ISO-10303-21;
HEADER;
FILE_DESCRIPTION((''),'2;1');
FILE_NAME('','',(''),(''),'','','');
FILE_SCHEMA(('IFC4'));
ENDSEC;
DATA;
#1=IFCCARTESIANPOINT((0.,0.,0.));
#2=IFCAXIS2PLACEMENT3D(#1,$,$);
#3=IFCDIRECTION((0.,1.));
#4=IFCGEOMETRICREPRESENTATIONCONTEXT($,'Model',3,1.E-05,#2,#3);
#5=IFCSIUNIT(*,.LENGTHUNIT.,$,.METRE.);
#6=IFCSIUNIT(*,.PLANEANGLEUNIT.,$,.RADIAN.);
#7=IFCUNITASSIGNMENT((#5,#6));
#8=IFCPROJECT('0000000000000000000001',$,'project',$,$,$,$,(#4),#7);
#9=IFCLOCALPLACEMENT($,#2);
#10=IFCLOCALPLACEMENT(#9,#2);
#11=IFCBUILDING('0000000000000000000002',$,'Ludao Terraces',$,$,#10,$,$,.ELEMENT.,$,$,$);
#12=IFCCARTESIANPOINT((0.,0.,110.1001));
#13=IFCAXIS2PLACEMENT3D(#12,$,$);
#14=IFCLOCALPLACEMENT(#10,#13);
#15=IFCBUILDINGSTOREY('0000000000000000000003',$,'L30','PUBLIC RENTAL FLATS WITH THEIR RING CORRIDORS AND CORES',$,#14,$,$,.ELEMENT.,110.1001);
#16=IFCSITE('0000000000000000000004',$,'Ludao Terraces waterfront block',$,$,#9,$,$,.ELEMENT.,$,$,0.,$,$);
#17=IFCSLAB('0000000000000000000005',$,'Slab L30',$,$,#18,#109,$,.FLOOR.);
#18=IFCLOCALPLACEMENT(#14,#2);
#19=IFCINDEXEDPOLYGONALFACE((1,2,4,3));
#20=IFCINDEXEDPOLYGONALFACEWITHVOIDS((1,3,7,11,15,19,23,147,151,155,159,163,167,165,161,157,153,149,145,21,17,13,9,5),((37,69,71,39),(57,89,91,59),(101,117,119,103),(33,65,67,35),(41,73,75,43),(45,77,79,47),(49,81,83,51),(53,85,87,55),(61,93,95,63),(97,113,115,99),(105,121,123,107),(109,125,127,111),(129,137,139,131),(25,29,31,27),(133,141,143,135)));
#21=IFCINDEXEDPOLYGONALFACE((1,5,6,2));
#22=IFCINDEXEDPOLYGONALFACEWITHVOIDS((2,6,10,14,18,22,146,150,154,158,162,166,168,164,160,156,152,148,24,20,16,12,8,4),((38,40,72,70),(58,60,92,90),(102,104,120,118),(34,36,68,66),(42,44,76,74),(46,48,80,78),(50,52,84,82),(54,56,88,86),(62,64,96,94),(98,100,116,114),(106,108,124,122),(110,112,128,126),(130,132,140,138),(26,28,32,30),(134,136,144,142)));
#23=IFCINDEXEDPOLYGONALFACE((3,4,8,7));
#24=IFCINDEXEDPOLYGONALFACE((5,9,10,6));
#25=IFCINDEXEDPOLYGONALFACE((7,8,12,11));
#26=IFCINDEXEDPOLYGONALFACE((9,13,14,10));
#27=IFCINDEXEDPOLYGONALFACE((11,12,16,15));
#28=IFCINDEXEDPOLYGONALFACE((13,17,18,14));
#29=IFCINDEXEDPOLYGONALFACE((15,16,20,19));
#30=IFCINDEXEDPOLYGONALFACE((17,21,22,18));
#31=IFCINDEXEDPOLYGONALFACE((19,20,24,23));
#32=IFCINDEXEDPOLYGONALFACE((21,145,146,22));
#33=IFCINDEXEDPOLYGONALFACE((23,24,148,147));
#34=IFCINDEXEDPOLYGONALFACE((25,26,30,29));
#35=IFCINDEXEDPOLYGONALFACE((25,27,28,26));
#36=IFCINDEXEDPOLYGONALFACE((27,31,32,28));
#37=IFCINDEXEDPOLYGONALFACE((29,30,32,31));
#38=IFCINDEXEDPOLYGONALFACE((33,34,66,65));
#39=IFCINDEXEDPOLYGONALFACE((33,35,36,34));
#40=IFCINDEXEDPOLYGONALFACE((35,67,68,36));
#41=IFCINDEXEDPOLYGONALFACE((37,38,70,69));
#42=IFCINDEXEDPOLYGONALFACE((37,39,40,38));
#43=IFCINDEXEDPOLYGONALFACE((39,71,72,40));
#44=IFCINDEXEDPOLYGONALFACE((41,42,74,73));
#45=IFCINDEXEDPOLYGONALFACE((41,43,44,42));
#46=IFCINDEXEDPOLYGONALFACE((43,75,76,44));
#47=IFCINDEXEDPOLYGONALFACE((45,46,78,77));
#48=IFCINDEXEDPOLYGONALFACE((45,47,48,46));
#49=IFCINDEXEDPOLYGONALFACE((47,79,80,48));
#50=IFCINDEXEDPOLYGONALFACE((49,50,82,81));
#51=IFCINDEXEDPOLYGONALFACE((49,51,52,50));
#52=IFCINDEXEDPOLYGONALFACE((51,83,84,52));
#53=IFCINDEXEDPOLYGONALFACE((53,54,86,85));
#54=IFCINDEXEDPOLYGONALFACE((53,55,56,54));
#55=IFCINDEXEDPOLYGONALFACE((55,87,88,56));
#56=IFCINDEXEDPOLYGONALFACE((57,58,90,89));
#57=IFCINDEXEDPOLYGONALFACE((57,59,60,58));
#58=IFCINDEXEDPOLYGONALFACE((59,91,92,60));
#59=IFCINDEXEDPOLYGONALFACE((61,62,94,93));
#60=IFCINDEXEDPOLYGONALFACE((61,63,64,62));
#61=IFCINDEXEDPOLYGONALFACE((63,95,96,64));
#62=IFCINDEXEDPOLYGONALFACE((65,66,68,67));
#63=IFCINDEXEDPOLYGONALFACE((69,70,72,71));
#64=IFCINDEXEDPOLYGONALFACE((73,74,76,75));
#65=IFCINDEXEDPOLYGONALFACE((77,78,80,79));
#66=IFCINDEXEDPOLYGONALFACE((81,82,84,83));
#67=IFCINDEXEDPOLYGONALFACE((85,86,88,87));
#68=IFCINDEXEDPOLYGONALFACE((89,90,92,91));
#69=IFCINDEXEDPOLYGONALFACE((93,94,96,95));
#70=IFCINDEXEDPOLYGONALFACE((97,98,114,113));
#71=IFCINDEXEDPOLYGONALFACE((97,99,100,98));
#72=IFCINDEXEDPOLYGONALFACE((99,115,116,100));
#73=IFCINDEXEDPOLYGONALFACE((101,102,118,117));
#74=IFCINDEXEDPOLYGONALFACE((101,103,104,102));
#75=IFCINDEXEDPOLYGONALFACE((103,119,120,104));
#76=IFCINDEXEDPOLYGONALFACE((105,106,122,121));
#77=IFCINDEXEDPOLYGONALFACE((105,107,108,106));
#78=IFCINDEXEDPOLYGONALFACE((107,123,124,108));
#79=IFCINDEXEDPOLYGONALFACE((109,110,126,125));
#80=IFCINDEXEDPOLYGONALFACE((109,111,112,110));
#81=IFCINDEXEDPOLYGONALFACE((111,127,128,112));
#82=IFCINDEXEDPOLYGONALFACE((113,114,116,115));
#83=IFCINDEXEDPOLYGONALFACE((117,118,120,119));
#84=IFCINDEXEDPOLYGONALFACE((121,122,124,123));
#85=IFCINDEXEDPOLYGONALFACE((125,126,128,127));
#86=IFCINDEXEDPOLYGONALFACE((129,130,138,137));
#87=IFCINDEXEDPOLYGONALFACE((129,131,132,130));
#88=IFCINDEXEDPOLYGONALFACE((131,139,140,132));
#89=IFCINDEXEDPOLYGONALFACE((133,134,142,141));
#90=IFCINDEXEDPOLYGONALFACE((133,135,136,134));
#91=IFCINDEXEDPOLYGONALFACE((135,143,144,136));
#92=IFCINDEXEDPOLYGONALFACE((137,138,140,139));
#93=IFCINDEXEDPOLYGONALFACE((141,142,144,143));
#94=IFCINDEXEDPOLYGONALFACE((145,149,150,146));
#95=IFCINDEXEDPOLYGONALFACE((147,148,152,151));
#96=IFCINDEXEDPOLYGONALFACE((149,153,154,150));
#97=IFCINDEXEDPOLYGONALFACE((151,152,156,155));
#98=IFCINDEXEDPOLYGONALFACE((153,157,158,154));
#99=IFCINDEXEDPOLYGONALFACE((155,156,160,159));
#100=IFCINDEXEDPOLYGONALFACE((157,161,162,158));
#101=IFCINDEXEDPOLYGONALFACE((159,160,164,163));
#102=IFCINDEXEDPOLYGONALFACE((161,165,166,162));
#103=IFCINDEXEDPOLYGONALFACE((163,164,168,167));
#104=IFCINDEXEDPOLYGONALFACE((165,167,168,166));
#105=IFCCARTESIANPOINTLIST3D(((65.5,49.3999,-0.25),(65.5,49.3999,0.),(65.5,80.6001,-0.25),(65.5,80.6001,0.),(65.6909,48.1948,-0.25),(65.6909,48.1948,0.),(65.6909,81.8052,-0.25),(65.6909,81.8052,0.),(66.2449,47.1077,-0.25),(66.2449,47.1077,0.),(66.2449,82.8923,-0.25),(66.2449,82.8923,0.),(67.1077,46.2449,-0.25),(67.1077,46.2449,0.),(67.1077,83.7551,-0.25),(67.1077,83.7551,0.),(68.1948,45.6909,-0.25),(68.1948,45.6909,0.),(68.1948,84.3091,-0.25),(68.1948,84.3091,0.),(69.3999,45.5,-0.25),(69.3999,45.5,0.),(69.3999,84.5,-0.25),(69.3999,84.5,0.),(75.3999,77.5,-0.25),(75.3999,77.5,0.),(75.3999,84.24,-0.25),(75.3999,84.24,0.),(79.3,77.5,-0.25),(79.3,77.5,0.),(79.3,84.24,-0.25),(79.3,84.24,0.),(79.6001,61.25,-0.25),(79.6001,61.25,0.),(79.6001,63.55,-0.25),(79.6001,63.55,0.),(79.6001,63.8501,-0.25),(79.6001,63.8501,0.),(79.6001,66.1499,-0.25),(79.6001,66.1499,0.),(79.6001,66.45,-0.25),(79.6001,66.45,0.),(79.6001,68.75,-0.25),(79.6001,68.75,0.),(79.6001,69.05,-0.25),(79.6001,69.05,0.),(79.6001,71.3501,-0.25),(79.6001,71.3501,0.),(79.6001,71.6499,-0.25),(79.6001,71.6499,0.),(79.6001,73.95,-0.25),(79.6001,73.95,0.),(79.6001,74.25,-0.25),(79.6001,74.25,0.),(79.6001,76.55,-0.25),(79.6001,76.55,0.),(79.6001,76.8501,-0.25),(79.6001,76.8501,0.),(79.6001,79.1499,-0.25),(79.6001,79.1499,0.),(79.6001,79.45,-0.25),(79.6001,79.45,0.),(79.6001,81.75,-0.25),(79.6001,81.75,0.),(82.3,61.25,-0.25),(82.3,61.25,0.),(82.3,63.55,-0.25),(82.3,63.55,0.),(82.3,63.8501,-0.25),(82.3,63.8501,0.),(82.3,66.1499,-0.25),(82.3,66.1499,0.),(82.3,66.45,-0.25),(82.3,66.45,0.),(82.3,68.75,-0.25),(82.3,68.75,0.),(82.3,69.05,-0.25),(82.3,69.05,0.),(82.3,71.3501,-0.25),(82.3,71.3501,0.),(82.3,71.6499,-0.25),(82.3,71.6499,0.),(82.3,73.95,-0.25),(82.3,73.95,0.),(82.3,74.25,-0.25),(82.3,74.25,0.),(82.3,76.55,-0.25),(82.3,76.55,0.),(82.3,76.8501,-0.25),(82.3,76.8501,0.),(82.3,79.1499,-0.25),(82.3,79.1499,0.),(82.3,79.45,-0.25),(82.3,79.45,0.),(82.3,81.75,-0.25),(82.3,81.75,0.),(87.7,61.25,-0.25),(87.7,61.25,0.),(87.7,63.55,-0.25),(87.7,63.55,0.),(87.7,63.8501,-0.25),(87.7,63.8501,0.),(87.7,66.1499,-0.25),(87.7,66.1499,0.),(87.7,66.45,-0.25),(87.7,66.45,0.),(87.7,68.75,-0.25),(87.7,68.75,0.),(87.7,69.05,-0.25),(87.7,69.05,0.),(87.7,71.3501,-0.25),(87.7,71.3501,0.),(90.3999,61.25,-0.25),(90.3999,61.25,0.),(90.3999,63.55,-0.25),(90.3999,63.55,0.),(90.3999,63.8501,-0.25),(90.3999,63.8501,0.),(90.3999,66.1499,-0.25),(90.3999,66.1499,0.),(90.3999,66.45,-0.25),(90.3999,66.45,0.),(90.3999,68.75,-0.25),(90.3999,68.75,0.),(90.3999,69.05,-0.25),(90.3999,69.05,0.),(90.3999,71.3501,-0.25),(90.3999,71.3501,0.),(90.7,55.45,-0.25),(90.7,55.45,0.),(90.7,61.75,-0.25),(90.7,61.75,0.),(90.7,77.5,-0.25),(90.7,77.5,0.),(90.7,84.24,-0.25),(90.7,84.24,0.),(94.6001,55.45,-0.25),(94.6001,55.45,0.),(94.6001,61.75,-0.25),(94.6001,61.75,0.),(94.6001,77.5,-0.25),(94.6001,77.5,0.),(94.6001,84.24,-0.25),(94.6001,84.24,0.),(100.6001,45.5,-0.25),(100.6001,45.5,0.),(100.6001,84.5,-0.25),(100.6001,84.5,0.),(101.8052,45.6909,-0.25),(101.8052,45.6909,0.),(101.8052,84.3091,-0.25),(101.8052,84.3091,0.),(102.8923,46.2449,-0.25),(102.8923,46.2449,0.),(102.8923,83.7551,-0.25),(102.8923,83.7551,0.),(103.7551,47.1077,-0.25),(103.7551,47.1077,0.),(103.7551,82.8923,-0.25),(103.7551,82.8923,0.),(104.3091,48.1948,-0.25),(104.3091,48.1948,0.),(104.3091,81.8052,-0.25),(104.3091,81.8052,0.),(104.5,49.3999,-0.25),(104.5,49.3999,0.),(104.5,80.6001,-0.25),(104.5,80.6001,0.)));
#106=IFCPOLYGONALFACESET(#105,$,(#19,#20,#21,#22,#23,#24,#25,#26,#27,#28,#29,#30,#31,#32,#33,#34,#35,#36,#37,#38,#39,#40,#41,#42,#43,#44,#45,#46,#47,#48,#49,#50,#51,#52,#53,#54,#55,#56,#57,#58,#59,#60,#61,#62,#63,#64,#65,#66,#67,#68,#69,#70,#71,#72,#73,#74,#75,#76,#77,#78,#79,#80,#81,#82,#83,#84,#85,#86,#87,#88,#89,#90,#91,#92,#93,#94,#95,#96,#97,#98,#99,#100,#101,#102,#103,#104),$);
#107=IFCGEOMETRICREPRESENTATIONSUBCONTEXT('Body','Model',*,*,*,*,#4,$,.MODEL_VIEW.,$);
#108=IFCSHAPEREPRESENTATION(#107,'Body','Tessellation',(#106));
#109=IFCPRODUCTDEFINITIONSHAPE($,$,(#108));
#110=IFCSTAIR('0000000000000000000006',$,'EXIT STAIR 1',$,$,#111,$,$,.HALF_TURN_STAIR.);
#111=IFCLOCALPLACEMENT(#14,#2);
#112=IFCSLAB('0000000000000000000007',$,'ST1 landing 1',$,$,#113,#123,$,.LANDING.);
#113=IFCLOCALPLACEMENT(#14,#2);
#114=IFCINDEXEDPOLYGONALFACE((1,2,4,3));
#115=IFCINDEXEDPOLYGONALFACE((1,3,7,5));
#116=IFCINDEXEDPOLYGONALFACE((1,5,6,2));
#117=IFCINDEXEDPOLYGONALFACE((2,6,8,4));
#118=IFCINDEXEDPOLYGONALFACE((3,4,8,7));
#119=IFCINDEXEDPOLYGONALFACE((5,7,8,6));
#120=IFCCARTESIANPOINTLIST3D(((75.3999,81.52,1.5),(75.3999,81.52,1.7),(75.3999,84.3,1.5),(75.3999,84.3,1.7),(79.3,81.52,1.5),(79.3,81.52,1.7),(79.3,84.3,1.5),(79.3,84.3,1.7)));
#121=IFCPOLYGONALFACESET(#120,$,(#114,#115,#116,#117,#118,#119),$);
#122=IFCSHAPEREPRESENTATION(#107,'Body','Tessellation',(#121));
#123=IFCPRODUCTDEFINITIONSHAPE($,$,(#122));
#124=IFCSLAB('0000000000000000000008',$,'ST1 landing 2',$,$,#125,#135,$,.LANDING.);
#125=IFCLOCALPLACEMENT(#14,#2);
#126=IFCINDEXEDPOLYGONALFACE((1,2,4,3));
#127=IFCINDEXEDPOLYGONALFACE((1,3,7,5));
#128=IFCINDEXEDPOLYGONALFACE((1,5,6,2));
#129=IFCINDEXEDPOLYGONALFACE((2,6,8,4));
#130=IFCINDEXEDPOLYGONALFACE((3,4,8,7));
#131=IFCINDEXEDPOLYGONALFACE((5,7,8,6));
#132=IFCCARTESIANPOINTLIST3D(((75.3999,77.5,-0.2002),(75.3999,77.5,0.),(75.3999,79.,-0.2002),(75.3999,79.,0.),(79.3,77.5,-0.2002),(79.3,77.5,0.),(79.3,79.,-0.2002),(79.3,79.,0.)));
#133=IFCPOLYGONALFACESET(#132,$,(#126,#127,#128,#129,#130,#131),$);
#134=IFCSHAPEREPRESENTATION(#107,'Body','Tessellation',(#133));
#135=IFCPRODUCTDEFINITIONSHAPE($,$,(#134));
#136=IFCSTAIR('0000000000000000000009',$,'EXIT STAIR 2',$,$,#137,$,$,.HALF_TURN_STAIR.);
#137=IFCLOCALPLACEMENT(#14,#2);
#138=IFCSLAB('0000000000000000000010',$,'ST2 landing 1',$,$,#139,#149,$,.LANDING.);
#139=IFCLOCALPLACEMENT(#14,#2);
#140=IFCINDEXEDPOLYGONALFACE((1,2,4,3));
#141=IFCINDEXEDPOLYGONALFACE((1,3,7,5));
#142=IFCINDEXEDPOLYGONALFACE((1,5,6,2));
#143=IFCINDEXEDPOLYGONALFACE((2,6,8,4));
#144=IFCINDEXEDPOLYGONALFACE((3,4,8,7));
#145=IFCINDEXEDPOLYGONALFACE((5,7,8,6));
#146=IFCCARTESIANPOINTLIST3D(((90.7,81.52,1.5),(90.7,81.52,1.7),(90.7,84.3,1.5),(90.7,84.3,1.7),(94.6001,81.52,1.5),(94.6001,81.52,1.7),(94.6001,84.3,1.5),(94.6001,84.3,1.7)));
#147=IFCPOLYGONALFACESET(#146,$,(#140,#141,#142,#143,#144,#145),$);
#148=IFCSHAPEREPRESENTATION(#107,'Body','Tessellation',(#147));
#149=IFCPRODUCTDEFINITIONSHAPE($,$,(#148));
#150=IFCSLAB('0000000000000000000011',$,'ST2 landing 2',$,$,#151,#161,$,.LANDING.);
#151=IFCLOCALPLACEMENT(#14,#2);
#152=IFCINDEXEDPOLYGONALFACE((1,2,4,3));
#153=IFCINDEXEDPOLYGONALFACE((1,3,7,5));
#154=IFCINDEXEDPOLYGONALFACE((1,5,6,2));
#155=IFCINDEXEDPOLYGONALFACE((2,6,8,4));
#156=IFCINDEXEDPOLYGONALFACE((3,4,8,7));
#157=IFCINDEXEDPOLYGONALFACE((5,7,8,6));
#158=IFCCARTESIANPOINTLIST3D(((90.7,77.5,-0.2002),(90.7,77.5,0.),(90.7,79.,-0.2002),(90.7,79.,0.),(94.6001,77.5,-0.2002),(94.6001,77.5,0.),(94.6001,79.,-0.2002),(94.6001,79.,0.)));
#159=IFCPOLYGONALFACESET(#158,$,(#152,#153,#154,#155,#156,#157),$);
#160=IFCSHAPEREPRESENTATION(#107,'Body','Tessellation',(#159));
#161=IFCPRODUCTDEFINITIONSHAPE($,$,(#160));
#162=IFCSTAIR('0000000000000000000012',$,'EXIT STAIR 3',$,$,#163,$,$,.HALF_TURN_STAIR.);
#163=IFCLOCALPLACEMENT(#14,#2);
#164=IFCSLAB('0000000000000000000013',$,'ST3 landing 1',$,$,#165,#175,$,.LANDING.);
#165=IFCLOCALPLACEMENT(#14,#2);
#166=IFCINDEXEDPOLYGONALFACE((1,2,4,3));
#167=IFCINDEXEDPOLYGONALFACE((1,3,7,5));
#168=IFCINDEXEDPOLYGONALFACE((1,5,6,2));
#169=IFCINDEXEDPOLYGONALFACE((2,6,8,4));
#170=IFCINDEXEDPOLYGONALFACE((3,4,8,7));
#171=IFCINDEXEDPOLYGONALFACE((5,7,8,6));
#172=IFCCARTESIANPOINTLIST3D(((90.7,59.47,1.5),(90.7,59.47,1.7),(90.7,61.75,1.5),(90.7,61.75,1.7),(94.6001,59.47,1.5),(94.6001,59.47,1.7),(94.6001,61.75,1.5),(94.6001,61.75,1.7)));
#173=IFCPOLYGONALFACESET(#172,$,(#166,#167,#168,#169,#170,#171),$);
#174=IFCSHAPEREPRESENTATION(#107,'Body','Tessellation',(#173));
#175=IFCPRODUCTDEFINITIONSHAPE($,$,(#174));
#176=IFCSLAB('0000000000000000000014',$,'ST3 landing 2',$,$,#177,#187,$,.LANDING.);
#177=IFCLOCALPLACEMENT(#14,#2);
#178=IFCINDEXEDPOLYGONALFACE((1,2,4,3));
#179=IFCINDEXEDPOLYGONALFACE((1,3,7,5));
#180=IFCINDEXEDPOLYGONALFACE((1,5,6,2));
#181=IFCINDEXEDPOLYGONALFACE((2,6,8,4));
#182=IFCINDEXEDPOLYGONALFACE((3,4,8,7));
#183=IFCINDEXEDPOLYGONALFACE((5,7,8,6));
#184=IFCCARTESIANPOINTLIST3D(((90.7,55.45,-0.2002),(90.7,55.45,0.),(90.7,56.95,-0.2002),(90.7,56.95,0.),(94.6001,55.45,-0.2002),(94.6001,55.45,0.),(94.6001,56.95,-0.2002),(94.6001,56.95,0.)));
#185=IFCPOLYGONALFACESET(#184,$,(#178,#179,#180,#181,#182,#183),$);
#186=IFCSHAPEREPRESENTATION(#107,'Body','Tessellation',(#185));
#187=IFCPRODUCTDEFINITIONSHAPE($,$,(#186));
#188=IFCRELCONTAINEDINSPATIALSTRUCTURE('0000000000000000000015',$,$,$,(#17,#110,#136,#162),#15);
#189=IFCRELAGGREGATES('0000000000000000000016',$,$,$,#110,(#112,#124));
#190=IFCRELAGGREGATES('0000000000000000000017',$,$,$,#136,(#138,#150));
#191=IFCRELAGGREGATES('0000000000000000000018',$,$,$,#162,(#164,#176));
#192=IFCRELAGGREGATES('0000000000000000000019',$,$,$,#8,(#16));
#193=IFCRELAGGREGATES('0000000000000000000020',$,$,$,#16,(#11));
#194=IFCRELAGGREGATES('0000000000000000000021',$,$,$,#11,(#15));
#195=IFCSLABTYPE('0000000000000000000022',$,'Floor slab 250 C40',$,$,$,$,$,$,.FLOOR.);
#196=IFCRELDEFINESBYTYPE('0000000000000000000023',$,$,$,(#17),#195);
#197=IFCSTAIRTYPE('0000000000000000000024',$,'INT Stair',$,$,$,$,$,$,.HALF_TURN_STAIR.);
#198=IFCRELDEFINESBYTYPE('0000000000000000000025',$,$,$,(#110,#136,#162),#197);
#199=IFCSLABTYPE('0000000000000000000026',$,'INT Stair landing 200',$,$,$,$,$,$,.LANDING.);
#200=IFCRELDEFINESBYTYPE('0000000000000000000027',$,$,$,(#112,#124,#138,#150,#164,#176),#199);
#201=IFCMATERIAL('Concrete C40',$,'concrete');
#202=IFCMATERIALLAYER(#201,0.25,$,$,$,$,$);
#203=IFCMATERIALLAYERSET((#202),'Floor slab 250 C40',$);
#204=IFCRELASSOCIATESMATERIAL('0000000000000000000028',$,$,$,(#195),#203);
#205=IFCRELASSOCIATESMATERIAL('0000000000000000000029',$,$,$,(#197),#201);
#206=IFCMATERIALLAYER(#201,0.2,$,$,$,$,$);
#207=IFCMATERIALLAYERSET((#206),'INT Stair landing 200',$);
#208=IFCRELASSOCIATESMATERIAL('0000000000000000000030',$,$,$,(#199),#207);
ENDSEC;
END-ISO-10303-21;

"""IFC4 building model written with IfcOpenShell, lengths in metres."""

from ifc_helpers import new_model, si_unit, direction, frame, origin, place, context, subcontext, project, spatial, polyline, outline, extrude, material, layer, layer_set, type_object, element, aggregate, save


model = new_model("IFC4")

# Units and contexts
model_context = context("Model", 3, precision=1e-05, world=origin(), true_north=direction((0.0, 1.0)))
body_context = subcontext(model_context, "Body", "Model", "MODEL_VIEW")
ifc_project = project(units=[si_unit("LENGTHUNIT", "METRE"), si_unit("PLANEANGLEUNIT", "RADIAN")], contexts=[model_context])

# Site, building, storey
site_placement = place(None, origin())
site = spatial("IfcSite", under=ifc_project, at=site_placement, Name="Ludao Terraces waterfront block", CompositionType="ELEMENT", RefElevation=0.0)
building_placement = place(site_placement, origin())
building = spatial("IfcBuilding", under=site, at=building_placement, Name="Ludao Terraces", CompositionType="ELEMENT")
storey_placement = place(building_placement, frame((0.0, 0.0, 110.1001)))
storey = spatial("IfcBuildingStorey", under=building, at=storey_placement, Name="L30", Description="PUBLIC RENTAL FLATS WITH THEIR RING CORRIDORS AND CORES", CompositionType="ELEMENT", Elevation=110.1001)

# Shared definitions
ifc_material_1 = material(Name="Concrete C40", Category="concrete")

# Slab
ifc_layer_1 = layer(ifc_material_1, 0.25)
ifc_layer_set_1 = layer_set([ifc_layer_1], Name="Floor slab 250 C40")
slab_type_1 = type_object("IfcSlabType", Name="Floor slab 250 C40", PredefinedType="FLOOR", material=ifc_layer_set_1)
slab_1_placement = place(storey_placement, frame((0.0, 0.0, -0.25)))
element("IfcSlab", 1, at=slab_1_placement, inside=storey, type_object=slab_type_1, Name="Slab L30", PredefinedType="FLOOR", context=body_context, shape_type="SweptSolid", body=[
    extrude(outline(polyline([(100.6001, 45.5), (101.8052, 45.6909), (102.8923, 46.2449), (103.7551, 47.1077), (104.3091, 48.1948), (104.5, 49.3999), (104.5, 80.6001), (104.3091, 81.8052), (103.7551, 82.8923), (102.8923, 83.7551), (101.8052, 84.3091), (100.6001, 84.5), (69.3999, 84.5), (68.1948, 84.3091), (67.1077, 83.7551), (66.2449, 82.8923), (65.6909, 81.8052), (65.5, 80.6001), (65.5, 49.3999), (65.6909, 48.1948), (66.2449, 47.1077), (67.1077, 46.2449), (68.1948, 45.6909), (69.3999, 45.5), (100.6001, 45.5)]), holes=[polyline([(79.6001, 61.25), (82.3, 61.25), (82.3, 63.55), (79.6001, 63.55), (79.6001, 61.25)]), polyline([(79.6001, 63.8501), (82.3, 63.8501), (82.3, 66.1499), (79.6001, 66.1499), (79.6001, 63.8501)]), polyline([(79.6001, 66.45), (82.3, 66.45), (82.3, 68.75), (79.6001, 68.75), (79.6001, 66.45)]), polyline([(79.6001, 69.05), (82.3, 69.05), (82.3, 71.3501), (79.6001, 71.3501), (79.6001, 69.05)]), polyline([(79.6001, 71.6499), (82.3, 71.6499), (82.3, 73.95), (79.6001, 73.95), (79.6001, 71.6499)]), polyline([(79.6001, 74.25), (82.3, 74.25), (82.3, 76.55), (79.6001, 76.55), (79.6001, 74.25)]), polyline([(79.6001, 76.8501), (82.3, 76.8501), (82.3, 79.1499), (79.6001, 79.1499), (79.6001, 76.8501)]), polyline([(79.6001, 79.45), (82.3, 79.45), (82.3, 81.75), (79.6001, 81.75), (79.6001, 79.45)]), polyline([(87.7, 61.25), (90.3999, 61.25), (90.3999, 63.55), (87.7, 63.55), (87.7, 61.25)]), polyline([(87.7, 63.8501), (90.3999, 63.8501), (90.3999, 66.1499), (87.7, 66.1499), (87.7, 63.8501)]), polyline([(87.7, 66.45), (90.3999, 66.45), (90.3999, 68.75), (87.7, 68.75), (87.7, 66.45)]), polyline([(87.7, 69.05), (90.3999, 69.05), (90.3999, 71.3501), (87.7, 71.3501), (87.7, 69.05)]), polyline([(75.3999, 77.5), (79.3, 77.5), (79.3, 84.24), (75.3999, 84.24), (75.3999, 77.5)]), polyline([(90.7, 77.5), (94.6001, 77.5), (94.6001, 84.24), (90.7, 84.24), (90.7, 77.5)]), polyline([(90.7, 55.45), (94.6001, 55.45), (94.6001, 61.75), (90.7, 61.75), (90.7, 55.45)])]), origin(), (0.0, 0.0, 1.0), 0.25),
])

# Stairs, slabs
stair_type = type_object("IfcStairType", Name="INT Stair", PredefinedType="HALF_TURN_STAIR", material=ifc_material_1)
stair_1_placement = place(storey_placement, origin())
stair_1 = element("IfcStair", 2, at=stair_1_placement, inside=storey, type_object=stair_type, Name="EXIT STAIR 1", PredefinedType="HALF_TURN_STAIR")
ifc_layer_2 = layer(ifc_material_1, 0.2)
ifc_layer_set_2 = layer_set([ifc_layer_2], Name="INT Stair landing 200")
slab_type_2 = type_object("IfcSlabType", Name="INT Stair landing 200", PredefinedType="LANDING", material=ifc_layer_set_2)
slab_2_placement = place(storey_placement, frame((0.0, 0.0, 1.5)))
slab_2 = element("IfcSlab", 3, at=slab_2_placement, type_object=slab_type_2, Name="ST1 landing 1", PredefinedType="LANDING", context=body_context, shape_type="SweptSolid", body=[
    extrude(outline(polyline([(75.3999, 81.52), (79.3, 81.52), (79.3, 84.3), (75.3999, 84.3), (75.3999, 81.52)])), origin(), (0.0, 0.0, 1.0), 0.2),
])
slab_3_placement = place(storey_placement, frame((0.0, 0.0, -0.2002)))
slab_3 = element("IfcSlab", 4, at=slab_3_placement, type_object=slab_type_2, Name="ST1 landing 2", PredefinedType="LANDING", context=body_context, shape_type="SweptSolid", body=[
    extrude(outline(polyline([(75.3999, 77.5), (79.3, 77.5), (79.3, 79.0), (75.3999, 79.0), (75.3999, 77.5)])), origin(), (0.0, 0.0, 1.0), 0.2002),
])
aggregate(stair_1, [slab_2, slab_3])
stair_2_placement = place(storey_placement, origin())
stair_2 = element("IfcStair", 5, at=stair_2_placement, inside=storey, type_object=stair_type, Name="EXIT STAIR 2", PredefinedType="HALF_TURN_STAIR")
slab_4_placement = place(storey_placement, frame((0.0, 0.0, 1.5)))
slab_4 = element("IfcSlab", 6, at=slab_4_placement, type_object=slab_type_2, Name="ST2 landing 1", PredefinedType="LANDING", context=body_context, shape_type="SweptSolid", body=[
    extrude(outline(polyline([(90.7, 81.52), (94.6001, 81.52), (94.6001, 84.3), (90.7, 84.3), (90.7, 81.52)])), origin(), (0.0, 0.0, 1.0), 0.2),
])
slab_5_placement = place(storey_placement, frame((0.0, 0.0, -0.2002)))
slab_5 = element("IfcSlab", 7, at=slab_5_placement, type_object=slab_type_2, Name="ST2 landing 2", PredefinedType="LANDING", context=body_context, shape_type="SweptSolid", body=[
    extrude(outline(polyline([(90.7, 77.5), (94.6001, 77.5), (94.6001, 79.0), (90.7, 79.0), (90.7, 77.5)])), origin(), (0.0, 0.0, 1.0), 0.2002),
])
aggregate(stair_2, [slab_4, slab_5])
stair_3_placement = place(storey_placement, origin())
stair_3 = element("IfcStair", 8, at=stair_3_placement, inside=storey, type_object=stair_type, Name="EXIT STAIR 3", PredefinedType="HALF_TURN_STAIR")
slab_6_placement = place(storey_placement, frame((0.0, 0.0, 1.5)))
slab_6 = element("IfcSlab", 9, at=slab_6_placement, type_object=slab_type_2, Name="ST3 landing 1", PredefinedType="LANDING", context=body_context, shape_type="SweptSolid", body=[
    extrude(outline(polyline([(90.7, 59.47), (94.6001, 59.47), (94.6001, 61.75), (90.7, 61.75), (90.7, 59.47)])), origin(), (0.0, 0.0, 1.0), 0.2),
])
slab_7_placement = place(storey_placement, frame((0.0, 0.0, -0.2002)))
slab_7 = element("IfcSlab", 10, at=slab_7_placement, type_object=slab_type_2, Name="ST3 landing 2", PredefinedType="LANDING", context=body_context, shape_type="SweptSolid", body=[
    extrude(outline(polyline([(90.7, 55.45), (94.6001, 55.45), (94.6001, 56.95), (90.7, 56.95), (90.7, 55.45)])), origin(), (0.0, 0.0, 1.0), 0.2002),
])
aggregate(stair_3, [slab_6, slab_7])

save(model, "model.ifc")
